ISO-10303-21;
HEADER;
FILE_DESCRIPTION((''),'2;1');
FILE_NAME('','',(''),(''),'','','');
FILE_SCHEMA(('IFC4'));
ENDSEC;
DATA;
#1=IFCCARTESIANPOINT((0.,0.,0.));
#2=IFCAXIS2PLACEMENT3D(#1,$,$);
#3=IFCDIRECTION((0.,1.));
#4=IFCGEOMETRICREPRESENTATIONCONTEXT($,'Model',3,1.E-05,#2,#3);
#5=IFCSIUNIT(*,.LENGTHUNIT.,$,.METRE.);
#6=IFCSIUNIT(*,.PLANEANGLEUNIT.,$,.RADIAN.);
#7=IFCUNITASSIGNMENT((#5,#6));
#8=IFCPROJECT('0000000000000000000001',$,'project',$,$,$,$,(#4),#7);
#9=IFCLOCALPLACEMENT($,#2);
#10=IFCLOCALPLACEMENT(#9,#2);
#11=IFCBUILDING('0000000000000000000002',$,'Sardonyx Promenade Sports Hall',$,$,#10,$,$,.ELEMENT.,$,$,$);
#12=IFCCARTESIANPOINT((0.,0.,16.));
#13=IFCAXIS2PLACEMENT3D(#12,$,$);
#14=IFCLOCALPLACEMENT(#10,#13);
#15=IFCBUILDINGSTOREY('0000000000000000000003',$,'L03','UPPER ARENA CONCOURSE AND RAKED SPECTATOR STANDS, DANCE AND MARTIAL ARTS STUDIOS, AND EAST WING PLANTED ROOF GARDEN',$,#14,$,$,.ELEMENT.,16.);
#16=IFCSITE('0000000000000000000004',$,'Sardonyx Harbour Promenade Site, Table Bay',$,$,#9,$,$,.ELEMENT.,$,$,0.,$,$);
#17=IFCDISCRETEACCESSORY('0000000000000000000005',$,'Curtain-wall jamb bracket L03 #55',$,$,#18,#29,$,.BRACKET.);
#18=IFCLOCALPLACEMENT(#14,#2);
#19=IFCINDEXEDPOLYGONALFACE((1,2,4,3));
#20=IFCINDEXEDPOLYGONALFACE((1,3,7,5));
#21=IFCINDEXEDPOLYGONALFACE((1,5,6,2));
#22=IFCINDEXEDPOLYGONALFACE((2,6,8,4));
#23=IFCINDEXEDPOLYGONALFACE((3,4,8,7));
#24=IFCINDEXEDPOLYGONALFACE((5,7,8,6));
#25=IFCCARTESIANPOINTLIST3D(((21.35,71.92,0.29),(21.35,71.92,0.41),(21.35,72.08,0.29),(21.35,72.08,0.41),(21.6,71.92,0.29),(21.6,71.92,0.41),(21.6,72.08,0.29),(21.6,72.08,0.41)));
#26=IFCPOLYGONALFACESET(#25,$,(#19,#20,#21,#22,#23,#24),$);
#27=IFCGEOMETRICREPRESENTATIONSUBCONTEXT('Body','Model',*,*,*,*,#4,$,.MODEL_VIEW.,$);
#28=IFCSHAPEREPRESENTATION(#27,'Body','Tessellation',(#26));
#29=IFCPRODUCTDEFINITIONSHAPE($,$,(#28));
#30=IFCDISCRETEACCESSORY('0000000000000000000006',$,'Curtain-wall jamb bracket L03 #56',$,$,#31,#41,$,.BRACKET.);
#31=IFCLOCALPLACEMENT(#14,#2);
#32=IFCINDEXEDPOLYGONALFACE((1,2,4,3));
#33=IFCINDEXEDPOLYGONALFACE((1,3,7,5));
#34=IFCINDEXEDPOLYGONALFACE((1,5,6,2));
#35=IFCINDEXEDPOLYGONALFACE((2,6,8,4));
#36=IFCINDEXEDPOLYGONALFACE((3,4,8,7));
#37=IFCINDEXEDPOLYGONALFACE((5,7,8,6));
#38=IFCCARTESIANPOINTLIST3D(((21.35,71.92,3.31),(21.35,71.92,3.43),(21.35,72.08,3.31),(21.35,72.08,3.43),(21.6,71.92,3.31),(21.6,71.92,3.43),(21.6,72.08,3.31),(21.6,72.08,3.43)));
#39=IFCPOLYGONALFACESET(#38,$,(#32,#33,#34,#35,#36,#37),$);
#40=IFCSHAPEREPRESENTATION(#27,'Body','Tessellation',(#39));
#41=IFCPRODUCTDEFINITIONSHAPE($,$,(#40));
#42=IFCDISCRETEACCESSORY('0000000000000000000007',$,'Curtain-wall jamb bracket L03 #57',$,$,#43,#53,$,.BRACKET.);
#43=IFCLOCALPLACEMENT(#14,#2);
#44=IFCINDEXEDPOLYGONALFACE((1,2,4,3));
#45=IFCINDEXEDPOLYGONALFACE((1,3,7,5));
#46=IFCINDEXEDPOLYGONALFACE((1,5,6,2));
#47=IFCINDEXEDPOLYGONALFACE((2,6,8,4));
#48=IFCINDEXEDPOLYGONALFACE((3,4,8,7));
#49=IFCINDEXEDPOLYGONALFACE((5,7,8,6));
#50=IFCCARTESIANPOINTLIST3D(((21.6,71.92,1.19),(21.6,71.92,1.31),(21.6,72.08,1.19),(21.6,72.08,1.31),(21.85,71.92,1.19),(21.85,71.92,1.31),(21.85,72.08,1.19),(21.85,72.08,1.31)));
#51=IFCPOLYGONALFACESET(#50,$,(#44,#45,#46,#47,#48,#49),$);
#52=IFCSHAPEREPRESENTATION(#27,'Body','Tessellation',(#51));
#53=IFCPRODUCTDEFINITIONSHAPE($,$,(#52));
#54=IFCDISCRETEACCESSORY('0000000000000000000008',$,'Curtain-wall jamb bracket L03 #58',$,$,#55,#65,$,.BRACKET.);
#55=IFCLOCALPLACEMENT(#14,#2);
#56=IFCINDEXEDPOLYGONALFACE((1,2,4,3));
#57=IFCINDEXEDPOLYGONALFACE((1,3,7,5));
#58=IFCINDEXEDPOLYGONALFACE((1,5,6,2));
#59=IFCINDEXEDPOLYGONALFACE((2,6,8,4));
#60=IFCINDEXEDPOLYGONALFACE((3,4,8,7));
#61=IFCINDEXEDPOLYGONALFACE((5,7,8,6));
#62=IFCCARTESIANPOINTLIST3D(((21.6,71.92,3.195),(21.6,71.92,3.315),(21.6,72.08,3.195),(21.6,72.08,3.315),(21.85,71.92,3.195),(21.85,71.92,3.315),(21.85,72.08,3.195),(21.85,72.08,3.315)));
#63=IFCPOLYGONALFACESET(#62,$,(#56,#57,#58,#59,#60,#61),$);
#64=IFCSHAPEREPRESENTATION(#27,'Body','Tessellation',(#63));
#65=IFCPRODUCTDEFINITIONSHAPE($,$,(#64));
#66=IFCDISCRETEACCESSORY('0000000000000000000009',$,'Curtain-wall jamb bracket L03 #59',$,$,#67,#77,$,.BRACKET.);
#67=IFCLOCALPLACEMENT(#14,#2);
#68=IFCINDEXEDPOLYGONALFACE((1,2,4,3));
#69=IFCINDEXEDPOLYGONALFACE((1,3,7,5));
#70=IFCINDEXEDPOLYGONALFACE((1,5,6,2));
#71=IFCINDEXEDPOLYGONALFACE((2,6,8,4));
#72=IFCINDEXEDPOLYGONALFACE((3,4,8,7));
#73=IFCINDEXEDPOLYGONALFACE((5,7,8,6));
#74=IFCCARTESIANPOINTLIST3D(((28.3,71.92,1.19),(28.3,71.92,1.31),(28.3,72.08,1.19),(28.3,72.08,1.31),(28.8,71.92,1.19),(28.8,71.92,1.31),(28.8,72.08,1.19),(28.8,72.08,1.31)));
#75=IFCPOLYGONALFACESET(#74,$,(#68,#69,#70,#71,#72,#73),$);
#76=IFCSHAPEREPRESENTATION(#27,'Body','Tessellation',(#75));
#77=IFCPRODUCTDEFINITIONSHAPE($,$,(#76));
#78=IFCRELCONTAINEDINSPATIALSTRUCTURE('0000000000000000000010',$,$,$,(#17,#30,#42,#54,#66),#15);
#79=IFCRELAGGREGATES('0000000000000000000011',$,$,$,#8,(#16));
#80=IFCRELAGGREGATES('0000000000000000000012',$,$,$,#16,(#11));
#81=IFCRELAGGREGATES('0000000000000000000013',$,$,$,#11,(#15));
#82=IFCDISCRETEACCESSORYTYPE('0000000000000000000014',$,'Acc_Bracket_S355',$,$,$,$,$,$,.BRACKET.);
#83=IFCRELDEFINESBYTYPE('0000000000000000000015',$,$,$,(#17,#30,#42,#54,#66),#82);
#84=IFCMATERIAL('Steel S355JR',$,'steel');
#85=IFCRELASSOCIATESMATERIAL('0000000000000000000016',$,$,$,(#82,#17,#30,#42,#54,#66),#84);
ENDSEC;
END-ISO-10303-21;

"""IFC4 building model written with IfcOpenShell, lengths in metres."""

from ifc_helpers import new_model, si_unit, direction, frame, origin, place, context, subcontext, project, spatial, rectangle, extrude, material, type_object, element, save


model = new_model("IFC4")

# Units and contexts
model_context = context("Model", 3, precision=1e-05, world=origin(), true_north=direction((0.0, 1.0)))
body_context = subcontext(model_context, "Body", "Model", "MODEL_VIEW")
ifc_project = project(units=[si_unit("LENGTHUNIT", "METRE"), si_unit("PLANEANGLEUNIT", "RADIAN")], contexts=[model_context])

# Site, building, storey
site_placement = place(None, origin())
site = spatial("IfcSite", under=ifc_project, at=site_placement, Name="Sardonyx Harbour Promenade Site, Table Bay", CompositionType="ELEMENT", RefElevation=0.0)
building_placement = place(site_placement, origin())
building = spatial("IfcBuilding", under=site, at=building_placement, Name="Sardonyx Promenade Sports Hall", CompositionType="ELEMENT")
storey_placement = place(building_placement, frame((0.0, 0.0, 16.0)))
storey = spatial("IfcBuildingStorey", under=building, at=storey_placement, Name="L03", Description="UPPER ARENA CONCOURSE AND RAKED SPECTATOR STANDS, DANCE AND MARTIAL ARTS STUDIOS, AND EAST WING PLANTED ROOF GARDEN", CompositionType="ELEMENT", Elevation=16.0)

# Discrete accessories
ifc_material_1 = material(Name="Steel S355JR", Category="steel")
discrete_accessory_type = type_object("IfcDiscreteAccessoryType", Name="Acc_Bracket_S355", PredefinedType="BRACKET", material=ifc_material_1)
for number, where, z_axis, x_axis, name in (
    (1, (21.475, 72.0, 0.29), (0.0, 0.0, 1.0), (1.0, 0.0, 0.0), "Curtain-wall jamb bracket L03 #55"),
    (2, (21.475, 72.0, 3.31), (0.0, 0.0, 1.0), (1.0, 0.0, 0.0), "Curtain-wall jamb bracket L03 #56"),
    (3, (21.725, 72.0, 1.19), (0.0, 0.0, 1.0), (1.0, 0.0, 0.0), "Curtain-wall jamb bracket L03 #57"),
    (4, (21.725, 72.0, 3.195), (0.0, 0.0, 1.0), (1.0, 0.0, 0.0), "Curtain-wall jamb bracket L03 #58"),
):
    element("IfcDiscreteAccessory", number, at=place(storey_placement, frame(where, z_axis=z_axis, x_axis=x_axis)), inside=storey, type_object=discrete_accessory_type, material=ifc_material_1, Name=name, PredefinedType="BRACKET", context=body_context, shape_type="SweptSolid", body=[
        extrude(rectangle(XDim=0.25, YDim=0.16), origin(), (0.0, 0.0, 1.0), 0.12),
    ])
discrete_accessory_placement = place(storey_placement, frame((28.55, 72.0, 1.19), z_axis=(0.0, 0.0, 1.0), x_axis=(1.0, 0.0, 0.0)))
element("IfcDiscreteAccessory", 5, at=discrete_accessory_placement, inside=storey, type_object=discrete_accessory_type, material=ifc_material_1, Name="Curtain-wall jamb bracket L03 #59", PredefinedType="BRACKET", context=body_context, shape_type="SweptSolid", body=[
    extrude(rectangle(XDim=0.5, YDim=0.16), origin(), (0.0, 0.0, 1.0), 0.12),
])

save(model, "model.ifc")
